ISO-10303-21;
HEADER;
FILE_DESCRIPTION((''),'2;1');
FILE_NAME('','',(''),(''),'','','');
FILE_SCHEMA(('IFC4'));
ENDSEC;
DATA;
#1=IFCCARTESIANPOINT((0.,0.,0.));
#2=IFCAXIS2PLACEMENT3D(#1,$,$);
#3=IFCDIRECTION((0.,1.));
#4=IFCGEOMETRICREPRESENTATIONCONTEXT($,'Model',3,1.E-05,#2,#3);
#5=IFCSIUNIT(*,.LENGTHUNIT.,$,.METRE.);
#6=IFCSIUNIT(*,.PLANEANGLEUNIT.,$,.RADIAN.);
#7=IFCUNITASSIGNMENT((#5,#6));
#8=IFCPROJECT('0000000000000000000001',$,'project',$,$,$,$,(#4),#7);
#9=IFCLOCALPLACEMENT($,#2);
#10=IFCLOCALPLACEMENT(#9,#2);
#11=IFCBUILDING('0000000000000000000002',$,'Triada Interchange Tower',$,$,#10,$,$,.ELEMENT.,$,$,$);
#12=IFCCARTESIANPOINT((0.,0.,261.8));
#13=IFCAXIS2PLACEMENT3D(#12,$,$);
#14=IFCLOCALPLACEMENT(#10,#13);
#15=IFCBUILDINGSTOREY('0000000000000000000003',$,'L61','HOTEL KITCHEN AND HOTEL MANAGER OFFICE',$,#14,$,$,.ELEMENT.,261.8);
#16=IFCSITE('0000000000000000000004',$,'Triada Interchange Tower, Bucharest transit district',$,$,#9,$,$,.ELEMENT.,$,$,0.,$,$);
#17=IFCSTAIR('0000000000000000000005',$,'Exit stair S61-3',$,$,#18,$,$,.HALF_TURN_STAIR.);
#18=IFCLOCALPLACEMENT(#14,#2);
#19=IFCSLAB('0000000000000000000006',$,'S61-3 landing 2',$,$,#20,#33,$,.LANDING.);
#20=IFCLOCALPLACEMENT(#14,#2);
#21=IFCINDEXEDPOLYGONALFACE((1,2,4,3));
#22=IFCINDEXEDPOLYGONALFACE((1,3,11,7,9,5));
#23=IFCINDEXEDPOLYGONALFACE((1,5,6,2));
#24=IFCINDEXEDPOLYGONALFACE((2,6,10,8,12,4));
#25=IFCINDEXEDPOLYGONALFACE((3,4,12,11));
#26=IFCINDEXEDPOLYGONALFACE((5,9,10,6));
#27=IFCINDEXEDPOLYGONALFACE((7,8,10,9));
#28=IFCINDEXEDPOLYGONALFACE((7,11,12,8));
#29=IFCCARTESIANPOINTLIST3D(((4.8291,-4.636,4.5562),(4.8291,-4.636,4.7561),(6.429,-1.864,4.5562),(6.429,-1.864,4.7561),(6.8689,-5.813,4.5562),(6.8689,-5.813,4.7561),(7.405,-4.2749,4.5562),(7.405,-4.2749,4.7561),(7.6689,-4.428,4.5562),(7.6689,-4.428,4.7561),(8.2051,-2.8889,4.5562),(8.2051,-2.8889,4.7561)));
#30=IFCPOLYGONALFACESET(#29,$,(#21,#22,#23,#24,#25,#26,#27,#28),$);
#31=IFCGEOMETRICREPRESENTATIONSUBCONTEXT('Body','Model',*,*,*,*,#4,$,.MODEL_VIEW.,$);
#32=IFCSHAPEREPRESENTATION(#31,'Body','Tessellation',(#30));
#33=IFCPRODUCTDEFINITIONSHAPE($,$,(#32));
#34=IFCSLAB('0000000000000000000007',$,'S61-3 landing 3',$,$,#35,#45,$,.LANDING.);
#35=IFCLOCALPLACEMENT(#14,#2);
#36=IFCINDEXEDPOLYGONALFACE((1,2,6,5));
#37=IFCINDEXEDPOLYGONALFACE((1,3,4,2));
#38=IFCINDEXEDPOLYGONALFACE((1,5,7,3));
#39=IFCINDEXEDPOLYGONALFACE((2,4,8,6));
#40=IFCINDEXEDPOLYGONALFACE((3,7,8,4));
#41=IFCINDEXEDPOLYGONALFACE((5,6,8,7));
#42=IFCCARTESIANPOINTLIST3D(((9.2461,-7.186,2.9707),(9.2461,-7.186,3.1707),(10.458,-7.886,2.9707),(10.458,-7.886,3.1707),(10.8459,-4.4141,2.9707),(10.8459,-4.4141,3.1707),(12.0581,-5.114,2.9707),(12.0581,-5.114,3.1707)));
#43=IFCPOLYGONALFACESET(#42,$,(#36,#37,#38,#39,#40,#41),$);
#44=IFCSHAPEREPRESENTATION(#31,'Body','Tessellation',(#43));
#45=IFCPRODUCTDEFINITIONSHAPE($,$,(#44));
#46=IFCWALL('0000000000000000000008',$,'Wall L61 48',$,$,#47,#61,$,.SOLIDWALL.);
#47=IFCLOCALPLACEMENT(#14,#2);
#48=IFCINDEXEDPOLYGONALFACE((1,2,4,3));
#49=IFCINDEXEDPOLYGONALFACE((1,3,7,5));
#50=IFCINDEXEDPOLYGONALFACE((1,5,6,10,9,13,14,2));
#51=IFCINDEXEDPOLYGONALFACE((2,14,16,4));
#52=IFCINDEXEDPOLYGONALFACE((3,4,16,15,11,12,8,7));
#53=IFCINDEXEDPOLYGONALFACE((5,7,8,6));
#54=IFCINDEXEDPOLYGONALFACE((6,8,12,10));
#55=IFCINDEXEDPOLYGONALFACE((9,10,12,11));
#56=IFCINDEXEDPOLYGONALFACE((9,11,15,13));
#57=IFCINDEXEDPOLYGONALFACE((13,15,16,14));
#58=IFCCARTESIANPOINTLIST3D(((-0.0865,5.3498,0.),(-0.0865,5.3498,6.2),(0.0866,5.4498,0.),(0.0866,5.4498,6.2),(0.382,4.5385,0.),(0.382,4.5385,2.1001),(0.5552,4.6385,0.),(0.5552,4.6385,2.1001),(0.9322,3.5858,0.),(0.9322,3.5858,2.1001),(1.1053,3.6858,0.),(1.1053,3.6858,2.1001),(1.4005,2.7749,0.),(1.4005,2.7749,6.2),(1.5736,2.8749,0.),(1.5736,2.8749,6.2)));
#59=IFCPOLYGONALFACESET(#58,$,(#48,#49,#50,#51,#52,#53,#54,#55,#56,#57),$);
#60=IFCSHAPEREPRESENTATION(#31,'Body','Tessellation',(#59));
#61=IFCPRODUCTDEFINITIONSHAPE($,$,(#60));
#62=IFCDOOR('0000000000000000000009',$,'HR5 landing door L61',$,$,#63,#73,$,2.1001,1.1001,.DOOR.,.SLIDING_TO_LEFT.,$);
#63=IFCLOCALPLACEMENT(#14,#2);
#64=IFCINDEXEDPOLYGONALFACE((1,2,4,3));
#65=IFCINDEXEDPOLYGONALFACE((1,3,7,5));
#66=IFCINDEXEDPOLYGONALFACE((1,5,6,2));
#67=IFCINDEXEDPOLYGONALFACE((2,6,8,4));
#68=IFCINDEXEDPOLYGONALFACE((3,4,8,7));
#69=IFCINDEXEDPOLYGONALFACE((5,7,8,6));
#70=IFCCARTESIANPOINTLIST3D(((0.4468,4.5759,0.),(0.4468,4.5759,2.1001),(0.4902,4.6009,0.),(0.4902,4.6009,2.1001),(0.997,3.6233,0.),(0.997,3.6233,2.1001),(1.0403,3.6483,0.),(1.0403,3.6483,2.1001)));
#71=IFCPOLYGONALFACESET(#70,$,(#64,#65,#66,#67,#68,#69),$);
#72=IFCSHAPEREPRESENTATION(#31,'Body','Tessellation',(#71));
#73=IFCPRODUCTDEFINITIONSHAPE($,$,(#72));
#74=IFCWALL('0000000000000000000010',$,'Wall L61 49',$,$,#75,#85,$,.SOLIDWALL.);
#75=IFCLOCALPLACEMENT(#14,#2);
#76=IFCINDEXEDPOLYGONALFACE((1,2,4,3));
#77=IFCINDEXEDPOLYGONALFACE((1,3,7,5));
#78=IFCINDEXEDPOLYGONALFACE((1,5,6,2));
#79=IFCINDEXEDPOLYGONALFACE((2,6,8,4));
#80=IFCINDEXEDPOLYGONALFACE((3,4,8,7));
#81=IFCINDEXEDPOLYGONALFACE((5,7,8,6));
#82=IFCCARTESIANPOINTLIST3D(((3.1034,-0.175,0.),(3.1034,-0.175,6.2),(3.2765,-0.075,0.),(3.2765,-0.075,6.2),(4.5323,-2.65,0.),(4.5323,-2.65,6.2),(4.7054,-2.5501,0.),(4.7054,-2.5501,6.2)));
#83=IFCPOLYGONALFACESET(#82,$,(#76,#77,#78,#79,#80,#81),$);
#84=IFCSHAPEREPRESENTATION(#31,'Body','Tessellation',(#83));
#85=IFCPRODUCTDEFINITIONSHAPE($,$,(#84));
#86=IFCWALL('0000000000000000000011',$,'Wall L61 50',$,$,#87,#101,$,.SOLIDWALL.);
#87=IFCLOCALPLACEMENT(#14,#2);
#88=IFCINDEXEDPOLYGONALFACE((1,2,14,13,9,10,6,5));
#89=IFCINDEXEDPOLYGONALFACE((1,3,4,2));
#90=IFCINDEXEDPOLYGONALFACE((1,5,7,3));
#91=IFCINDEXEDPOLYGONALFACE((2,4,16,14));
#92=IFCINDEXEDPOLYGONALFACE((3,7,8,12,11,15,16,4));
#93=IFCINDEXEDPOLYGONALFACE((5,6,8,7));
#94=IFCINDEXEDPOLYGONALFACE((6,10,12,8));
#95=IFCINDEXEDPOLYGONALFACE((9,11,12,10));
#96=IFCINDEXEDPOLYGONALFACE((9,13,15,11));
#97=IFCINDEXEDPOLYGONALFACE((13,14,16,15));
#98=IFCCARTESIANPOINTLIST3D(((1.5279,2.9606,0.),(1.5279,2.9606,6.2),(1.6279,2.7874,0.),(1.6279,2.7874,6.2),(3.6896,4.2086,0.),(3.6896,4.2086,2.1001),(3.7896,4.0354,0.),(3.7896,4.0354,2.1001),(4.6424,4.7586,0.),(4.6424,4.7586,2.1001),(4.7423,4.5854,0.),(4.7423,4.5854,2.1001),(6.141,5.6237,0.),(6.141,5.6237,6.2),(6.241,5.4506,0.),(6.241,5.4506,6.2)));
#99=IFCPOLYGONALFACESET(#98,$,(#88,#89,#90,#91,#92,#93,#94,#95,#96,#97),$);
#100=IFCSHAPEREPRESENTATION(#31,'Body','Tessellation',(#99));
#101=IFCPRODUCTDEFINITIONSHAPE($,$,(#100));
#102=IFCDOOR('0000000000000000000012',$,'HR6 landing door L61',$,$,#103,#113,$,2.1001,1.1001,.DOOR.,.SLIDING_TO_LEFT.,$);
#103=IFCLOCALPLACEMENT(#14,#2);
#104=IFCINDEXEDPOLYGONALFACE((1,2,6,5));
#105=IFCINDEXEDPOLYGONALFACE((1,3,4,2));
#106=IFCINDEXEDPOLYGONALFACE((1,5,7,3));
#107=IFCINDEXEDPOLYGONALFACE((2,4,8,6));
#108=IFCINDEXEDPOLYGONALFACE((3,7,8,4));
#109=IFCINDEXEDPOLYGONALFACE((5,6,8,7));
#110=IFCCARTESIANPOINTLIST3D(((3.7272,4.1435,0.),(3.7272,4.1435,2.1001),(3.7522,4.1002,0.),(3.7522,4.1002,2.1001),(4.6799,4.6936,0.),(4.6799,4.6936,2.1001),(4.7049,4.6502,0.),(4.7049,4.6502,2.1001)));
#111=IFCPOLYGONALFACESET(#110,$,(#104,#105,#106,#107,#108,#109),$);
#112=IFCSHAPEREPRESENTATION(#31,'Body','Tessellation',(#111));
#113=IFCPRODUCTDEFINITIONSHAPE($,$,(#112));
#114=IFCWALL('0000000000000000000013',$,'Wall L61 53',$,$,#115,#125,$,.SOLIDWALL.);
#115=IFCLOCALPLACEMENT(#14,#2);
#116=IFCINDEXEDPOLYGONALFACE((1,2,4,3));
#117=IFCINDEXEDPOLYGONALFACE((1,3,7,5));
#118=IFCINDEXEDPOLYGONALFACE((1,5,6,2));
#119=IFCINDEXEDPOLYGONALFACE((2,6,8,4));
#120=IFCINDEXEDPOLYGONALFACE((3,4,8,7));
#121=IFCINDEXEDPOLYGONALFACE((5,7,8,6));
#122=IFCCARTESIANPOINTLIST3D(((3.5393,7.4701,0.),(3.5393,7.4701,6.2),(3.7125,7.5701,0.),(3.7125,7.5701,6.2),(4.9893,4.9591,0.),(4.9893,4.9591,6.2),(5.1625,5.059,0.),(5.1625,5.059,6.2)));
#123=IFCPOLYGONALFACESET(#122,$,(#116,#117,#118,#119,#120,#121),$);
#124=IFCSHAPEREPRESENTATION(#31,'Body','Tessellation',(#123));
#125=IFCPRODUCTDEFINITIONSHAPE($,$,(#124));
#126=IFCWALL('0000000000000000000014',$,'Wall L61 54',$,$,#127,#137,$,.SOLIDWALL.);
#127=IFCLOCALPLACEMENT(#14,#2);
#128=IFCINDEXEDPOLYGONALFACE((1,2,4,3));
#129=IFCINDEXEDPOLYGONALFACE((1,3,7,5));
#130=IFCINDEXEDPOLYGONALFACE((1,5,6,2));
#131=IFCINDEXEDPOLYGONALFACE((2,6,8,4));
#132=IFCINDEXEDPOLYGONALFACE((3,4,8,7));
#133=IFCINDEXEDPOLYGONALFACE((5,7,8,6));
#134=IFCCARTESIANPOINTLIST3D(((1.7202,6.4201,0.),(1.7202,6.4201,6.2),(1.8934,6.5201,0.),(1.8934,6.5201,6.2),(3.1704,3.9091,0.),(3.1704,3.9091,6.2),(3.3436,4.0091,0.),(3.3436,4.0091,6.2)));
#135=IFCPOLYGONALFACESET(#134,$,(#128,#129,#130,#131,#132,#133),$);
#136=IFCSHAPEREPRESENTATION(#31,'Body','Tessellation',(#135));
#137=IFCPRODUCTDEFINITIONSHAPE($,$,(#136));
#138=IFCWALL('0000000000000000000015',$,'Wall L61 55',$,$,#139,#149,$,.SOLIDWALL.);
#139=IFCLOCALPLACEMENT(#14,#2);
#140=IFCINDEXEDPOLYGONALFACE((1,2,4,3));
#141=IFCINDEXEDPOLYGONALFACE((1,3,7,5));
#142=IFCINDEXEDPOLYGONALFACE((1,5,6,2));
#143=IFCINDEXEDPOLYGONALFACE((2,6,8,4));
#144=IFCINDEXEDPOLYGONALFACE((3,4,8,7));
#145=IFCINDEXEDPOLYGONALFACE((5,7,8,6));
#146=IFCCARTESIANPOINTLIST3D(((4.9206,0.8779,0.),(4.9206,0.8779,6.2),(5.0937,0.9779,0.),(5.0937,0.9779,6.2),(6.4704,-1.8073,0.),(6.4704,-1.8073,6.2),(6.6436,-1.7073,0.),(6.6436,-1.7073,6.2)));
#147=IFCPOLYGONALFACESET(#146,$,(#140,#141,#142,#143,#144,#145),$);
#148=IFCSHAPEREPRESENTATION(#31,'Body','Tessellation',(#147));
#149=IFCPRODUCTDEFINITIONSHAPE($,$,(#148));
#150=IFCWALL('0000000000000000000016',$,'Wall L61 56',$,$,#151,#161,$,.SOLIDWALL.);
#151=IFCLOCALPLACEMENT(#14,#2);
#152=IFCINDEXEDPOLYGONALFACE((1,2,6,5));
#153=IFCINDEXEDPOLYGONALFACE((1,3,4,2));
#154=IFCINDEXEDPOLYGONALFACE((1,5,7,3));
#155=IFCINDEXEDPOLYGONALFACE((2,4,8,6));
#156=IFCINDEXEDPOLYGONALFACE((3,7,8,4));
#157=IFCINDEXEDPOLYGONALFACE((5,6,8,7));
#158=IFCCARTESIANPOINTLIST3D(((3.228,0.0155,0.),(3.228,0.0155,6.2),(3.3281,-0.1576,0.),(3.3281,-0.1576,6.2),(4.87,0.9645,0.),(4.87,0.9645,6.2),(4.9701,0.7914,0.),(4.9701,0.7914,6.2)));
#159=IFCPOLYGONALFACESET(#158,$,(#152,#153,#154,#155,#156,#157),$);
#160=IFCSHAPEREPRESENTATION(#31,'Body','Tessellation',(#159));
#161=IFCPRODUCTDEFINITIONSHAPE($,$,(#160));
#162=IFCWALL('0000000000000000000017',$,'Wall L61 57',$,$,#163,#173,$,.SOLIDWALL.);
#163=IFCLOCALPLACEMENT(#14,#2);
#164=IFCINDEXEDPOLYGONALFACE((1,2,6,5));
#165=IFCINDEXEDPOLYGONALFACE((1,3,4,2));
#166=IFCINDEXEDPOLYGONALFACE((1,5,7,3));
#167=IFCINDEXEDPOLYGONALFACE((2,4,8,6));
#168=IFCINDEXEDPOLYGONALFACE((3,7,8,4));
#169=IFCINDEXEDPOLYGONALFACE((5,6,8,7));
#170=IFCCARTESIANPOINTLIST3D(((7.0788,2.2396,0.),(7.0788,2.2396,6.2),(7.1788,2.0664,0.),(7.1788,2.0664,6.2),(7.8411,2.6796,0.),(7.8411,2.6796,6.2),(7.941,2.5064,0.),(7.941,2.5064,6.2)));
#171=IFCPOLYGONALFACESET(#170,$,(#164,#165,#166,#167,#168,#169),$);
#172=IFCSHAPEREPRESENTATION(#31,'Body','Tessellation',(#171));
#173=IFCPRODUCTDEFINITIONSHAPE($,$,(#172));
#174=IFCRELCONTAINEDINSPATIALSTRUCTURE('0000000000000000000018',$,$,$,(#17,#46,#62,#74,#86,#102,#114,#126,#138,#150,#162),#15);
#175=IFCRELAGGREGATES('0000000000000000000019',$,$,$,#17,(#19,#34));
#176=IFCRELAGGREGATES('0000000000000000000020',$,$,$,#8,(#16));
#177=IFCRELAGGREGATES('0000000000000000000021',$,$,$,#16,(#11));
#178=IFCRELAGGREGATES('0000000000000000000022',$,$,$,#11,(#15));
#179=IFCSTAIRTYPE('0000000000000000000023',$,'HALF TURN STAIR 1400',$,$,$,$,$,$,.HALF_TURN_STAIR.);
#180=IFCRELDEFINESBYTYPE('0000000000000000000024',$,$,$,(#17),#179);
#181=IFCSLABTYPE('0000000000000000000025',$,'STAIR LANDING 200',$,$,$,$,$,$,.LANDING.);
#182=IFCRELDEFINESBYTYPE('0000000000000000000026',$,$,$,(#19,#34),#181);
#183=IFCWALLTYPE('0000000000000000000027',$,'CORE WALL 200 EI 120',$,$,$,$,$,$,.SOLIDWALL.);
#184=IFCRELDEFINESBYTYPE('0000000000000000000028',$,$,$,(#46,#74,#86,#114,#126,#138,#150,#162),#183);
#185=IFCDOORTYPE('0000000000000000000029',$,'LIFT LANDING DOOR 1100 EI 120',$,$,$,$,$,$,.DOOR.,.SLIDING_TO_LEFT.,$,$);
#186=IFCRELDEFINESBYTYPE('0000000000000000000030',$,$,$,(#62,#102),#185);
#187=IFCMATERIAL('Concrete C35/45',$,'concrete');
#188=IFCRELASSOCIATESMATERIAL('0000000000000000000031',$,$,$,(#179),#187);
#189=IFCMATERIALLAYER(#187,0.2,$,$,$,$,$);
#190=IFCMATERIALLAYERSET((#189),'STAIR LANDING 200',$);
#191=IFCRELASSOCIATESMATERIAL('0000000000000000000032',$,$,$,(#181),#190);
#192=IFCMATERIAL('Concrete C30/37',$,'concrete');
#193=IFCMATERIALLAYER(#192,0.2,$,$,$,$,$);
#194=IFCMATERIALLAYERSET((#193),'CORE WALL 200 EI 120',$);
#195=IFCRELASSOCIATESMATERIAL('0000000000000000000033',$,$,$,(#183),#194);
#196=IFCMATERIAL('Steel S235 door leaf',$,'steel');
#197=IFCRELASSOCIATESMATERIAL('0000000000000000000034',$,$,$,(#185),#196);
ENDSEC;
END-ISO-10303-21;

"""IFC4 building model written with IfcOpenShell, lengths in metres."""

from ifc_helpers import new_model, si_unit, direction, frame, frame_2d, origin, place, context, subcontext, project, spatial, polyline, rectangle, outline, extrude, material, layer, layer_set, type_object, element, fill, aggregate, save


model = new_model("IFC4")

# Units and contexts
model_context = context("Model", 3, precision=1e-05, world=origin(), true_north=direction((0.0, 1.0)))
body_context = subcontext(model_context, "Body", "Model", "MODEL_VIEW")
ifc_project = project(units=[si_unit("LENGTHUNIT", "METRE"), si_unit("PLANEANGLEUNIT", "RADIAN")], contexts=[model_context])

# Site, building, storey
site_placement = place(None, origin())
site = spatial("IfcSite", under=ifc_project, at=site_placement, Name="Triada Interchange Tower, Bucharest transit district", CompositionType="ELEMENT", RefElevation=0.0)
building_placement = place(site_placement, origin())
building = spatial("IfcBuilding", under=site, at=building_placement, Name="Triada Interchange Tower", CompositionType="ELEMENT")
storey_placement = place(building_placement, frame((0.0, 0.0, 261.8)))
storey = spatial("IfcBuildingStorey", under=building, at=storey_placement, Name="L61", Description="HOTEL KITCHEN AND HOTEL MANAGER OFFICE", CompositionType="ELEMENT", Elevation=261.8)

# Stair, slabs
ifc_material_1 = material(Name="Concrete C35/45", Category="concrete")
stair_type = type_object("IfcStairType", Name="HALF TURN STAIR 1400", PredefinedType="HALF_TURN_STAIR", material=ifc_material_1)
ifc_layer_1 = layer(ifc_material_1, 0.2)
ifc_layer_set_1 = layer_set([ifc_layer_1], Name="STAIR LANDING 200")
slab_type_1 = type_object("IfcSlabType", Name="STAIR LANDING 200", PredefinedType="LANDING", material=ifc_layer_set_1)
stair_1_placement = place(storey_placement, origin())
stair_1 = element("IfcStair", 1, at=stair_1_placement, inside=storey, type_object=stair_type, Name="Exit stair S61-3", PredefinedType="HALF_TURN_STAIR")
slab_1_placement = place(storey_placement, frame((0.0, 0.0, 4.5562)))
slab_1 = element("IfcSlab", 2, at=slab_1_placement, type_object=slab_type_1, Name="S61-3 landing 2", PredefinedType="LANDING", context=body_context, shape_type="SweptSolid", body=[
    extrude(outline(polyline([(4.8291, -4.636), (6.8689, -5.813), (7.6689, -4.428), (7.405, -4.2749), (8.2051, -2.8889), (6.429, -1.864), (4.8291, -4.636)])), origin(), (0.0, 0.0, 1.0), 0.2),
])
slab_2_placement = place(storey_placement, frame((0.0, 0.0, 2.9707)))
slab_2 = element("IfcSlab", 3, at=slab_2_placement, type_object=slab_type_1, Name="S61-3 landing 3", PredefinedType="LANDING", context=body_context, shape_type="SweptSolid", body=[
    extrude(outline(polyline([(9.2461, -7.186), (10.458, -7.886), (12.0581, -5.114), (10.8459, -4.4141), (9.2461, -7.186)])), origin(), (0.0, 0.0, 1.0), 0.2),
])
aggregate(stair_1, [slab_1, slab_2])

# Wall, opening, door
ifc_material_2 = material(Name="Concrete C30/37", Category="concrete")
ifc_layer_2 = layer(ifc_material_2, 0.2)
ifc_layer_set_2 = layer_set([ifc_layer_2], Name="CORE WALL 200 EI 120")
wall_type_1 = type_object("IfcWallType", Name="CORE WALL 200 EI 120", PredefinedType="SOLIDWALL", material=ifc_layer_set_2)
wall_1_placement = place(storey_placement, frame((0.0, 5.3999, 0.0), z_axis=(0.0, 0.0, 1.0), x_axis=(0.500104, -0.865965, 0.0)))
wall_1 = element("IfcWall", 4, at=wall_1_placement, inside=storey, type_object=wall_type_1, Name="Wall L61 48", PredefinedType="SOLIDWALL", context=body_context, shape_type="SweptSolid", body=[
    extrude(rectangle(XDim=2.9734, YDim=0.2, at=frame_2d((1.4868, 0.0))), origin(), (0.0, 0.0, 1.0), 6.2),
])
opening_1_placement = place(wall_1_placement, frame((0.937, 0.0, 0.0)))
opening_1 = element("IfcOpeningElement", 5, at=opening_1_placement, cuts=wall_1, PredefinedType="OPENING", context=body_context, shape_type="SweptSolid", body=[
    extrude(rectangle(XDim=1.1001, YDim=2.1001, at=frame_2d((0.55, 1.05))), frame((0.0, 0.1099, 0.0), z_axis=(0.0, -1.0, 0.0), x_axis=(1.0, 0.0, 0.0)), (0.0, 0.0, 1.0), 0.22),
])
ifc_material_3 = material(Name="Steel S235 door leaf", Category="steel")
door_type_1 = type_object("IfcDoorType", Name="LIFT LANDING DOOR 1100 EI 120", OperationType="SLIDING_TO_LEFT", PredefinedType="DOOR", material=ifc_material_3)
door_1_placement = place(opening_1_placement, origin())
door_1 = element("IfcDoor", 6, at=door_1_placement, inside=storey, type_object=door_type_1, Name="HR5 landing door L61", OperationType="SLIDING_TO_LEFT", OverallHeight=2.1001, OverallWidth=1.1001, PredefinedType="DOOR", context=body_context, shape_type="SweptSolid", body=[
    extrude(rectangle(XDim=1.1001, YDim=2.1001, at=frame_2d((0.55, 1.05))), frame((0.0, 0.0249, 0.0), z_axis=(0.0, -1.0, 0.0), x_axis=(1.0, 0.0, 0.0)), (0.0, 0.0, 1.0), 0.05),
])
fill(opening_1, door_1)

# Wall
wall_2_placement = place(storey_placement, frame((3.1899, -0.125, 0.0), z_axis=(0.0, 0.0, 1.0), x_axis=(0.499989, -0.866032, 0.0)))
element("IfcWall", 7, at=wall_2_placement, inside=storey, type_object=wall_type_1, Name="Wall L61 49", PredefinedType="SOLIDWALL", context=body_context, shape_type="SweptSolid", body=[
    extrude(rectangle(XDim=2.8579, YDim=0.2, at=frame_2d((1.429, 0.0))), origin(), (0.0, 0.0, 1.0), 6.2),
])

# Wall, opening, door
wall_3_placement = place(storey_placement, frame((1.5779, 2.874, 0.0), z_axis=(0.0, 0.0, 1.0), x_axis=(0.866046, 0.499964, 0.0)))
wall_3 = element("IfcWall", 8, at=wall_3_placement, inside=storey, type_object=wall_type_1, Name="Wall L61 50", PredefinedType="SOLIDWALL", context=body_context, shape_type="SweptSolid", body=[
    extrude(rectangle(XDim=5.3267, YDim=0.2, at=frame_2d((2.6633, 0.0))), origin(), (0.0, 0.0, 1.0), 6.2),
])
opening_2_placement = place(wall_3_placement, frame((2.4961, 0.0, 0.0)))
opening_2 = element("IfcOpeningElement", 9, at=opening_2_placement, cuts=wall_3, PredefinedType="OPENING", context=body_context, shape_type="SweptSolid", body=[
    extrude(rectangle(XDim=1.1001, YDim=2.1001, at=frame_2d((0.55, 1.05))), frame((0.0, 0.1099, 0.0), z_axis=(0.0, -1.0, 0.0), x_axis=(1.0, 0.0, 0.0)), (0.0, 0.0, 1.0), 0.22),
])
door_2_placement = place(opening_2_placement, origin())
door_2 = element("IfcDoor", 10, at=door_2_placement, inside=storey, type_object=door_type_1, Name="HR6 landing door L61", OperationType="SLIDING_TO_LEFT", OverallHeight=2.1001, OverallWidth=1.1001, PredefinedType="DOOR", context=body_context, shape_type="SweptSolid", body=[
    extrude(rectangle(XDim=1.1001, YDim=2.1001, at=frame_2d((0.55, 1.05))), frame((0.0, 0.0249, 0.0), z_axis=(0.0, -1.0, 0.0), x_axis=(1.0, 0.0, 0.0)), (0.0, 0.0, 1.0), 0.05),
])
fill(opening_2, door_2)

# Walls
for number, where, z_axis, x_axis, name in (
    (11, (3.626, 7.52, 0.0), (0.0, 0.0, 1.0), (0.50006, -0.865991, 0.0), "Wall L61 53"),
    (12, (1.8069, 6.47, 0.0), (0.0, 0.0, 1.0), (0.500123, -0.865954, 0.0), "Wall L61 54"),
):
    element("IfcWall", number, at=place(storey_placement, frame(where, z_axis=z_axis, x_axis=x_axis)), inside=storey, type_object=wall_type_1, Name=name, PredefinedType="SOLIDWALL", context=body_context, shape_type="SweptSolid", body=[
        extrude(rectangle(XDim=2.8997, YDim=0.2, at=frame_2d((1.4497, 0.0))), origin(), (0.0, 0.0, 1.0), 6.2),
    ])
wall_4_placement = place(storey_placement, frame((5.0071, 0.928, 0.0), z_axis=(0.0, 0.0, 1.0), x_axis=(0.4999, -0.866083, 0.0)))
element("IfcWall", 13, at=wall_4_placement, inside=storey, type_object=wall_type_1, Name="Wall L61 55", PredefinedType="SOLIDWALL", context=body_context, shape_type="SweptSolid", body=[
    extrude(rectangle(XDim=3.1003, YDim=0.2, at=frame_2d((1.5503, 0.0))), origin(), (0.0, 0.0, 1.0), 6.2),
])
wall_5_placement = place(storey_placement, frame((3.2781, -0.071, 0.0), z_axis=(0.0, 0.0, 1.0), x_axis=(0.865785, 0.500417, 0.0)))
element("IfcWall", 14, at=wall_5_placement, inside=storey, type_object=wall_type_1, Name="Wall L61 56", PredefinedType="SOLIDWALL", context=body_context, shape_type="SweptSolid", body=[
    extrude(rectangle(XDim=1.8965, YDim=0.2, at=frame_2d((0.9482, 0.0))), origin(), (0.0, 0.0, 1.0), 6.2),
])
wall_6_placement = place(storey_placement, frame((7.1289, 2.1531, 0.0), z_axis=(0.0, 0.0, 1.0), x_axis=(0.866084, 0.499899, 0.0)))
element("IfcWall", 15, at=wall_6_placement, inside=storey, type_object=wall_type_1, Name="Wall L61 57", PredefinedType="SOLIDWALL", context=body_context, shape_type="SweptSolid", body=[
    extrude(rectangle(XDim=0.8801, YDim=0.2, at=frame_2d((0.4399, 0.0))), origin(), (0.0, 0.0, 1.0), 6.2),
])

save(model, "model.ifc")
